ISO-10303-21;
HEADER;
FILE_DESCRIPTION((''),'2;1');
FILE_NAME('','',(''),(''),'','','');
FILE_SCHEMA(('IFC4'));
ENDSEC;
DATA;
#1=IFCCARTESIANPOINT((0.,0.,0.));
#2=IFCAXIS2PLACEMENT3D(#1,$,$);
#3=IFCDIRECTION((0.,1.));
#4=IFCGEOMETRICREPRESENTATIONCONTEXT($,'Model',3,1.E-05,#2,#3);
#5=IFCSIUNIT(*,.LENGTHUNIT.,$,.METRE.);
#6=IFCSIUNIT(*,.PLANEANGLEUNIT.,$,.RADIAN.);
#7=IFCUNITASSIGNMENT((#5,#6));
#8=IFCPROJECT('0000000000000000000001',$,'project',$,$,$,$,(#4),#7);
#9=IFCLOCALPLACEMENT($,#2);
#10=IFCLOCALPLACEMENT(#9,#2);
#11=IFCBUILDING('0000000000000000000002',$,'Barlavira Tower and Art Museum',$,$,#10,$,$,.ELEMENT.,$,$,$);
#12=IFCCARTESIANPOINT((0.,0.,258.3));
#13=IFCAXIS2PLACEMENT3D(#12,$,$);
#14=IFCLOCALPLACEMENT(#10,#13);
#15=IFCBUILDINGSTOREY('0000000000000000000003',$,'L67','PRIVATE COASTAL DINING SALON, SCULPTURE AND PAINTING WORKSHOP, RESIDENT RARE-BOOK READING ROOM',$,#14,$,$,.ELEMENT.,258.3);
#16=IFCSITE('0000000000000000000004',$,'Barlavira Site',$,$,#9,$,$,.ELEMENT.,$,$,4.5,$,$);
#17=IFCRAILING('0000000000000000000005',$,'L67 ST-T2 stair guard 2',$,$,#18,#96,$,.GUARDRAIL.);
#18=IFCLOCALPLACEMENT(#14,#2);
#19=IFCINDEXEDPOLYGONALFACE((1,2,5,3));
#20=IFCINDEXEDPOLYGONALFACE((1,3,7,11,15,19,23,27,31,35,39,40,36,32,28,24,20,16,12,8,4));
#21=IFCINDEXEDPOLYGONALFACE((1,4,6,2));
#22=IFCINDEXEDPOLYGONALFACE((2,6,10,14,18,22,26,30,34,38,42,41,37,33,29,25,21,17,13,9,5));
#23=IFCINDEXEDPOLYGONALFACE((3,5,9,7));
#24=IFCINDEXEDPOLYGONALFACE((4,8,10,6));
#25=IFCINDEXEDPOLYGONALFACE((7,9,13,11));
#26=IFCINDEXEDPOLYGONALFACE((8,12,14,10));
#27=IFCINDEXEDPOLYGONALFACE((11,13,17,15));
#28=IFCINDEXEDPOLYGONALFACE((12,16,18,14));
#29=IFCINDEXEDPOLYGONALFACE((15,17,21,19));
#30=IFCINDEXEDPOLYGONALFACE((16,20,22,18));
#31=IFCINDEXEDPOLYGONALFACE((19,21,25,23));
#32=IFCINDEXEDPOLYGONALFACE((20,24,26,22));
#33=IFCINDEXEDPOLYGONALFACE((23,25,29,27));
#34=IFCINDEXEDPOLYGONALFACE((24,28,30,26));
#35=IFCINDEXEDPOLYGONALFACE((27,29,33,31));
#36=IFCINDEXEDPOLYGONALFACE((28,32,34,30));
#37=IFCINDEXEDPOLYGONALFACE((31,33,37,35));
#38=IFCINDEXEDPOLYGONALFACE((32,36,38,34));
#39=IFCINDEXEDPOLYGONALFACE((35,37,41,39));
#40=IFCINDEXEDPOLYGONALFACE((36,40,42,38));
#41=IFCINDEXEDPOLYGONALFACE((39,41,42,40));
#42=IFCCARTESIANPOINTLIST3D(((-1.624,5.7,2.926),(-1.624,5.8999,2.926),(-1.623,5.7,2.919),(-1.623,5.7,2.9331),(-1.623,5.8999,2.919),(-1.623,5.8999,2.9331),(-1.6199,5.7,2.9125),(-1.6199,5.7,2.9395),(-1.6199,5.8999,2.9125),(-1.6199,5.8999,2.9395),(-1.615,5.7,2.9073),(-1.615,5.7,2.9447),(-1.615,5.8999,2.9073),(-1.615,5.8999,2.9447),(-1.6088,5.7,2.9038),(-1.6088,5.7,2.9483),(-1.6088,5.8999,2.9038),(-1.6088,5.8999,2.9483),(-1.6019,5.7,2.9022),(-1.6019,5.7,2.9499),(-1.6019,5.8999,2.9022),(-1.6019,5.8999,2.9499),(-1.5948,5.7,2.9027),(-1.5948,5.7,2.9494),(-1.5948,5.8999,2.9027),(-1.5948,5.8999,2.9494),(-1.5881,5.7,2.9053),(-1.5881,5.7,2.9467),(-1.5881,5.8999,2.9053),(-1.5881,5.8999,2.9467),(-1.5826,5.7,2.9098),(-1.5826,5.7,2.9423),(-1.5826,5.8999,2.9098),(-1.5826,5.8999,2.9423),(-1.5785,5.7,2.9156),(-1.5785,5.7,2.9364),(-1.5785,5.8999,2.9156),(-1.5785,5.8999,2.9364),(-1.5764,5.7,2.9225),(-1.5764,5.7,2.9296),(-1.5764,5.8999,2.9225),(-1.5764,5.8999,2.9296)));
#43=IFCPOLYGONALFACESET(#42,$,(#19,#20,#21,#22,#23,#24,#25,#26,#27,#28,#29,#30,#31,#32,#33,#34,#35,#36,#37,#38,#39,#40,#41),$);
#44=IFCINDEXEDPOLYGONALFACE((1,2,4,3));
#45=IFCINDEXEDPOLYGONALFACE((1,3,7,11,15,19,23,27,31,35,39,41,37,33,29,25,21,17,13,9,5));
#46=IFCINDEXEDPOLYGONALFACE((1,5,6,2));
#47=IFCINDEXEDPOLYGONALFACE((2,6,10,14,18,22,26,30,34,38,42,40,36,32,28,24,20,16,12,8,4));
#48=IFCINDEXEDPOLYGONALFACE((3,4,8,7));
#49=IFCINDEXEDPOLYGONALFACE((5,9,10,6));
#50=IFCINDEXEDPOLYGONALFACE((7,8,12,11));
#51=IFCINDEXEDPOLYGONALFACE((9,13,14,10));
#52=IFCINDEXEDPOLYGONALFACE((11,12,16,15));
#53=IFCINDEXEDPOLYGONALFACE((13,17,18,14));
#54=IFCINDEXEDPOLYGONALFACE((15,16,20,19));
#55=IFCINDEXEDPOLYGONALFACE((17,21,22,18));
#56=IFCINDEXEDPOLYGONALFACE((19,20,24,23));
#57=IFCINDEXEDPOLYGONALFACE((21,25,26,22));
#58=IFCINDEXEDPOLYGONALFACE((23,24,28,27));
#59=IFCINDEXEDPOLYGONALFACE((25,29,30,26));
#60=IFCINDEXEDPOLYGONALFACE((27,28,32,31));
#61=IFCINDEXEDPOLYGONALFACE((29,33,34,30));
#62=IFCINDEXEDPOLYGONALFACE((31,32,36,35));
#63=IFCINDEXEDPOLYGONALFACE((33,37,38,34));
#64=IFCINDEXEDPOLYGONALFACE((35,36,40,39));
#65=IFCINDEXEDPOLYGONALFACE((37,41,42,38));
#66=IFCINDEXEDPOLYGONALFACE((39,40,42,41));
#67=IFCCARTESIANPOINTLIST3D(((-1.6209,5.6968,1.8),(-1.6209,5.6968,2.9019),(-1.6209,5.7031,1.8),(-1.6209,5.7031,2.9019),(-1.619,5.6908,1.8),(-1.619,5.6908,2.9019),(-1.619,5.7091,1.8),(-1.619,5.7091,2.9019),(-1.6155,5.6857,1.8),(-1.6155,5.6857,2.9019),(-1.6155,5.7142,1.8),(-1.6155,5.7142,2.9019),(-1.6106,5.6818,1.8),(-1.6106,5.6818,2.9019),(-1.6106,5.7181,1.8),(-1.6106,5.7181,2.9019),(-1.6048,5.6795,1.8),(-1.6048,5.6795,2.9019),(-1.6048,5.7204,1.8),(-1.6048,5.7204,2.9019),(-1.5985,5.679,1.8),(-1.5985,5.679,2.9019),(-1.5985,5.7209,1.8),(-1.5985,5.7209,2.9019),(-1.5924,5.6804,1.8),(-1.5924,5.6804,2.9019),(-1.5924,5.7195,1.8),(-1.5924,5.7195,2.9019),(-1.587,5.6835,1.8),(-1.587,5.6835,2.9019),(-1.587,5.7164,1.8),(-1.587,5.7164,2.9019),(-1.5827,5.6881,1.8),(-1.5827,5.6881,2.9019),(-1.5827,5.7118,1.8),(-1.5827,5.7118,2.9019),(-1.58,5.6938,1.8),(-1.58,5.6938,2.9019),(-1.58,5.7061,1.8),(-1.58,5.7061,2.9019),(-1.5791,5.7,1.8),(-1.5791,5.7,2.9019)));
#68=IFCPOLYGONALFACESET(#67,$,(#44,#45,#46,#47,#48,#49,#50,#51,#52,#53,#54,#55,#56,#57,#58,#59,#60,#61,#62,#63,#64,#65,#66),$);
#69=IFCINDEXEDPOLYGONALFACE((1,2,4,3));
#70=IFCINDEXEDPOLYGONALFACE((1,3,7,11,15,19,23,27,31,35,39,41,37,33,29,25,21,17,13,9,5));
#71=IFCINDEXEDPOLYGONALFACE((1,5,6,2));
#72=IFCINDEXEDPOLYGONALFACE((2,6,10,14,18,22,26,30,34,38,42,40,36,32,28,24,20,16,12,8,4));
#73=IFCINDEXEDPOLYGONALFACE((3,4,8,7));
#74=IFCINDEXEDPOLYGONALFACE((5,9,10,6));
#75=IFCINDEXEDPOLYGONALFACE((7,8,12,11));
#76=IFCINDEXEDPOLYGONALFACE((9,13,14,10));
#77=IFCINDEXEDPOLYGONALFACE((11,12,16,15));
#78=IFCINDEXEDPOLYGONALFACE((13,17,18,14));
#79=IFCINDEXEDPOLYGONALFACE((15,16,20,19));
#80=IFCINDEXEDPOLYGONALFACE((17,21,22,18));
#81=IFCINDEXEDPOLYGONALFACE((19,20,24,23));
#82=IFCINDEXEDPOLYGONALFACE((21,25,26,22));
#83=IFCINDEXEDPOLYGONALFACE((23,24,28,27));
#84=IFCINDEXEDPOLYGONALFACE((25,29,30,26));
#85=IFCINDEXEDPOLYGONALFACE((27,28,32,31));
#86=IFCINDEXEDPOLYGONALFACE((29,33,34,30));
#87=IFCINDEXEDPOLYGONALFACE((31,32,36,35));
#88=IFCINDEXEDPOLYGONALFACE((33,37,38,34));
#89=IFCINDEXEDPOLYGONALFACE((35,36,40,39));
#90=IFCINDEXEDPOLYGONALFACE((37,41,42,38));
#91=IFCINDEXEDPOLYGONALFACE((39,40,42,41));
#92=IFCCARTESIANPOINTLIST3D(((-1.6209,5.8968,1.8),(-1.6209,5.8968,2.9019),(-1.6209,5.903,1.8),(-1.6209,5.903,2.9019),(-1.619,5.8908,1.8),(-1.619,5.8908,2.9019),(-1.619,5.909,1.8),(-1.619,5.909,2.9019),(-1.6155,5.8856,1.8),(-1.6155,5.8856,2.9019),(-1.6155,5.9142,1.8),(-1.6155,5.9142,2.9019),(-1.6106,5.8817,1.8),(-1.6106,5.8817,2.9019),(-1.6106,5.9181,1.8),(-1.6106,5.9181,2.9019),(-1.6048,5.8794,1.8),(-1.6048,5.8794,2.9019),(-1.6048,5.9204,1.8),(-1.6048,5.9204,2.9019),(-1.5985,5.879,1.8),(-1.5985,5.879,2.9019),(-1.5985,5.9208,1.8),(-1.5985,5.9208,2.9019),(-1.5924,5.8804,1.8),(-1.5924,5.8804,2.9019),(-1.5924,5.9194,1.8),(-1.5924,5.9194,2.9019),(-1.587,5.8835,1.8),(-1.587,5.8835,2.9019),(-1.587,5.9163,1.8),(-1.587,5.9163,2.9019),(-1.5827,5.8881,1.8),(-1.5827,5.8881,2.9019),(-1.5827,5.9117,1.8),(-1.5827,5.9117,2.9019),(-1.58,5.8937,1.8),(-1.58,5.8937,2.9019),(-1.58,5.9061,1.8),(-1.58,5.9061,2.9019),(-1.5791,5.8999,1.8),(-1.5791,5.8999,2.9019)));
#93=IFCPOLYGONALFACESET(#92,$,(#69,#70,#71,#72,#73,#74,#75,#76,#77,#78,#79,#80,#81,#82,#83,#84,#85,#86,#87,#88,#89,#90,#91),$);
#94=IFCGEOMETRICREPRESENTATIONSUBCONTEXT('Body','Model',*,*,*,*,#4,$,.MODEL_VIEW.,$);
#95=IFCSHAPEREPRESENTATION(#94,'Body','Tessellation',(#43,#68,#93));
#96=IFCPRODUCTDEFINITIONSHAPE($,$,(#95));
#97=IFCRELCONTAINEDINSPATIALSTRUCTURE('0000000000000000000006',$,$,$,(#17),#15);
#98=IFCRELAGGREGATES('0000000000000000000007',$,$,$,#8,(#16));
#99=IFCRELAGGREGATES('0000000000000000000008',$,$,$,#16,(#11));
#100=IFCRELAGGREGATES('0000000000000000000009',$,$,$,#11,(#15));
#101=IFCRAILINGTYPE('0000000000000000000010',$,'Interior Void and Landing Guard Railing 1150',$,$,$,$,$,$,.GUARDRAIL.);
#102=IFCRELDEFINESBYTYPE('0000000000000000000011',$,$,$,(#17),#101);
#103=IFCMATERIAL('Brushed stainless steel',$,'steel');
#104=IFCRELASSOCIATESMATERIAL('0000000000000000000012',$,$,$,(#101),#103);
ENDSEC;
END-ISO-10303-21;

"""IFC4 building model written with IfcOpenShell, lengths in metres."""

from ifc_helpers import new_model, si_unit, direction, frame, origin, origin_2d, place, context, subcontext, project, spatial, circle, extrude, material, type_object, element, save


model = new_model("IFC4")

# Units and contexts
model_context = context("Model", 3, precision=1e-05, world=origin(), true_north=direction((0.0, 1.0)))
body_context = subcontext(model_context, "Body", "Model", "MODEL_VIEW")
ifc_project = project(units=[si_unit("LENGTHUNIT", "METRE"), si_unit("PLANEANGLEUNIT", "RADIAN")], contexts=[model_context])

# Site, building, storey
site_placement = place(None, origin())
site = spatial("IfcSite", under=ifc_project, at=site_placement, Name="Barlavira Site", CompositionType="ELEMENT", RefElevation=4.5)
building_placement = place(site_placement, origin())
building = spatial("IfcBuilding", under=site, at=building_placement, Name="Barlavira Tower and Art Museum", CompositionType="ELEMENT")
storey_placement = place(building_placement, frame((0.0, 0.0, 258.3)))
storey = spatial("IfcBuildingStorey", under=building, at=storey_placement, Name="L67", Description="PRIVATE COASTAL DINING SALON, SCULPTURE AND PAINTING WORKSHOP, RESIDENT RARE-BOOK READING ROOM", CompositionType="ELEMENT", Elevation=258.3)

# Shared definitions
ifc_material_1 = material(Name="Brushed stainless steel", Category="steel")

# Railing
railing_type_1 = type_object("IfcRailingType", Name="Interior Void and Landing Guard Railing 1150", PredefinedType="GUARDRAIL", material=ifc_material_1)
railing_1_placement = place(storey_placement, frame((-1.6001, 5.7, 1.8)))
element("IfcRailing", 1, at=railing_1_placement, inside=storey, type_object=railing_type_1, Name="L67 ST-T2 stair guard 2", PredefinedType="GUARDRAIL", context=body_context, shape_type="SweptSolid", body=[
    extrude(circle(Radius=0.0239, at=origin_2d()), frame((0.0, 0.0, 1.126), z_axis=(0.0, 1.0, 0.0), x_axis=(-1.0, 0.0, 0.0)), (0.0, 0.0, 1.0), 0.2),
    extrude(circle(Radius=0.021, at=origin_2d()), origin(), (0.0, 0.0, 1.0), 1.1018),
    extrude(circle(Radius=0.021, at=origin_2d()), frame((0.0, 0.2, 0.0)), (0.0, 0.0, 1.0), 1.1018),
])

save(model, "model.ifc")
